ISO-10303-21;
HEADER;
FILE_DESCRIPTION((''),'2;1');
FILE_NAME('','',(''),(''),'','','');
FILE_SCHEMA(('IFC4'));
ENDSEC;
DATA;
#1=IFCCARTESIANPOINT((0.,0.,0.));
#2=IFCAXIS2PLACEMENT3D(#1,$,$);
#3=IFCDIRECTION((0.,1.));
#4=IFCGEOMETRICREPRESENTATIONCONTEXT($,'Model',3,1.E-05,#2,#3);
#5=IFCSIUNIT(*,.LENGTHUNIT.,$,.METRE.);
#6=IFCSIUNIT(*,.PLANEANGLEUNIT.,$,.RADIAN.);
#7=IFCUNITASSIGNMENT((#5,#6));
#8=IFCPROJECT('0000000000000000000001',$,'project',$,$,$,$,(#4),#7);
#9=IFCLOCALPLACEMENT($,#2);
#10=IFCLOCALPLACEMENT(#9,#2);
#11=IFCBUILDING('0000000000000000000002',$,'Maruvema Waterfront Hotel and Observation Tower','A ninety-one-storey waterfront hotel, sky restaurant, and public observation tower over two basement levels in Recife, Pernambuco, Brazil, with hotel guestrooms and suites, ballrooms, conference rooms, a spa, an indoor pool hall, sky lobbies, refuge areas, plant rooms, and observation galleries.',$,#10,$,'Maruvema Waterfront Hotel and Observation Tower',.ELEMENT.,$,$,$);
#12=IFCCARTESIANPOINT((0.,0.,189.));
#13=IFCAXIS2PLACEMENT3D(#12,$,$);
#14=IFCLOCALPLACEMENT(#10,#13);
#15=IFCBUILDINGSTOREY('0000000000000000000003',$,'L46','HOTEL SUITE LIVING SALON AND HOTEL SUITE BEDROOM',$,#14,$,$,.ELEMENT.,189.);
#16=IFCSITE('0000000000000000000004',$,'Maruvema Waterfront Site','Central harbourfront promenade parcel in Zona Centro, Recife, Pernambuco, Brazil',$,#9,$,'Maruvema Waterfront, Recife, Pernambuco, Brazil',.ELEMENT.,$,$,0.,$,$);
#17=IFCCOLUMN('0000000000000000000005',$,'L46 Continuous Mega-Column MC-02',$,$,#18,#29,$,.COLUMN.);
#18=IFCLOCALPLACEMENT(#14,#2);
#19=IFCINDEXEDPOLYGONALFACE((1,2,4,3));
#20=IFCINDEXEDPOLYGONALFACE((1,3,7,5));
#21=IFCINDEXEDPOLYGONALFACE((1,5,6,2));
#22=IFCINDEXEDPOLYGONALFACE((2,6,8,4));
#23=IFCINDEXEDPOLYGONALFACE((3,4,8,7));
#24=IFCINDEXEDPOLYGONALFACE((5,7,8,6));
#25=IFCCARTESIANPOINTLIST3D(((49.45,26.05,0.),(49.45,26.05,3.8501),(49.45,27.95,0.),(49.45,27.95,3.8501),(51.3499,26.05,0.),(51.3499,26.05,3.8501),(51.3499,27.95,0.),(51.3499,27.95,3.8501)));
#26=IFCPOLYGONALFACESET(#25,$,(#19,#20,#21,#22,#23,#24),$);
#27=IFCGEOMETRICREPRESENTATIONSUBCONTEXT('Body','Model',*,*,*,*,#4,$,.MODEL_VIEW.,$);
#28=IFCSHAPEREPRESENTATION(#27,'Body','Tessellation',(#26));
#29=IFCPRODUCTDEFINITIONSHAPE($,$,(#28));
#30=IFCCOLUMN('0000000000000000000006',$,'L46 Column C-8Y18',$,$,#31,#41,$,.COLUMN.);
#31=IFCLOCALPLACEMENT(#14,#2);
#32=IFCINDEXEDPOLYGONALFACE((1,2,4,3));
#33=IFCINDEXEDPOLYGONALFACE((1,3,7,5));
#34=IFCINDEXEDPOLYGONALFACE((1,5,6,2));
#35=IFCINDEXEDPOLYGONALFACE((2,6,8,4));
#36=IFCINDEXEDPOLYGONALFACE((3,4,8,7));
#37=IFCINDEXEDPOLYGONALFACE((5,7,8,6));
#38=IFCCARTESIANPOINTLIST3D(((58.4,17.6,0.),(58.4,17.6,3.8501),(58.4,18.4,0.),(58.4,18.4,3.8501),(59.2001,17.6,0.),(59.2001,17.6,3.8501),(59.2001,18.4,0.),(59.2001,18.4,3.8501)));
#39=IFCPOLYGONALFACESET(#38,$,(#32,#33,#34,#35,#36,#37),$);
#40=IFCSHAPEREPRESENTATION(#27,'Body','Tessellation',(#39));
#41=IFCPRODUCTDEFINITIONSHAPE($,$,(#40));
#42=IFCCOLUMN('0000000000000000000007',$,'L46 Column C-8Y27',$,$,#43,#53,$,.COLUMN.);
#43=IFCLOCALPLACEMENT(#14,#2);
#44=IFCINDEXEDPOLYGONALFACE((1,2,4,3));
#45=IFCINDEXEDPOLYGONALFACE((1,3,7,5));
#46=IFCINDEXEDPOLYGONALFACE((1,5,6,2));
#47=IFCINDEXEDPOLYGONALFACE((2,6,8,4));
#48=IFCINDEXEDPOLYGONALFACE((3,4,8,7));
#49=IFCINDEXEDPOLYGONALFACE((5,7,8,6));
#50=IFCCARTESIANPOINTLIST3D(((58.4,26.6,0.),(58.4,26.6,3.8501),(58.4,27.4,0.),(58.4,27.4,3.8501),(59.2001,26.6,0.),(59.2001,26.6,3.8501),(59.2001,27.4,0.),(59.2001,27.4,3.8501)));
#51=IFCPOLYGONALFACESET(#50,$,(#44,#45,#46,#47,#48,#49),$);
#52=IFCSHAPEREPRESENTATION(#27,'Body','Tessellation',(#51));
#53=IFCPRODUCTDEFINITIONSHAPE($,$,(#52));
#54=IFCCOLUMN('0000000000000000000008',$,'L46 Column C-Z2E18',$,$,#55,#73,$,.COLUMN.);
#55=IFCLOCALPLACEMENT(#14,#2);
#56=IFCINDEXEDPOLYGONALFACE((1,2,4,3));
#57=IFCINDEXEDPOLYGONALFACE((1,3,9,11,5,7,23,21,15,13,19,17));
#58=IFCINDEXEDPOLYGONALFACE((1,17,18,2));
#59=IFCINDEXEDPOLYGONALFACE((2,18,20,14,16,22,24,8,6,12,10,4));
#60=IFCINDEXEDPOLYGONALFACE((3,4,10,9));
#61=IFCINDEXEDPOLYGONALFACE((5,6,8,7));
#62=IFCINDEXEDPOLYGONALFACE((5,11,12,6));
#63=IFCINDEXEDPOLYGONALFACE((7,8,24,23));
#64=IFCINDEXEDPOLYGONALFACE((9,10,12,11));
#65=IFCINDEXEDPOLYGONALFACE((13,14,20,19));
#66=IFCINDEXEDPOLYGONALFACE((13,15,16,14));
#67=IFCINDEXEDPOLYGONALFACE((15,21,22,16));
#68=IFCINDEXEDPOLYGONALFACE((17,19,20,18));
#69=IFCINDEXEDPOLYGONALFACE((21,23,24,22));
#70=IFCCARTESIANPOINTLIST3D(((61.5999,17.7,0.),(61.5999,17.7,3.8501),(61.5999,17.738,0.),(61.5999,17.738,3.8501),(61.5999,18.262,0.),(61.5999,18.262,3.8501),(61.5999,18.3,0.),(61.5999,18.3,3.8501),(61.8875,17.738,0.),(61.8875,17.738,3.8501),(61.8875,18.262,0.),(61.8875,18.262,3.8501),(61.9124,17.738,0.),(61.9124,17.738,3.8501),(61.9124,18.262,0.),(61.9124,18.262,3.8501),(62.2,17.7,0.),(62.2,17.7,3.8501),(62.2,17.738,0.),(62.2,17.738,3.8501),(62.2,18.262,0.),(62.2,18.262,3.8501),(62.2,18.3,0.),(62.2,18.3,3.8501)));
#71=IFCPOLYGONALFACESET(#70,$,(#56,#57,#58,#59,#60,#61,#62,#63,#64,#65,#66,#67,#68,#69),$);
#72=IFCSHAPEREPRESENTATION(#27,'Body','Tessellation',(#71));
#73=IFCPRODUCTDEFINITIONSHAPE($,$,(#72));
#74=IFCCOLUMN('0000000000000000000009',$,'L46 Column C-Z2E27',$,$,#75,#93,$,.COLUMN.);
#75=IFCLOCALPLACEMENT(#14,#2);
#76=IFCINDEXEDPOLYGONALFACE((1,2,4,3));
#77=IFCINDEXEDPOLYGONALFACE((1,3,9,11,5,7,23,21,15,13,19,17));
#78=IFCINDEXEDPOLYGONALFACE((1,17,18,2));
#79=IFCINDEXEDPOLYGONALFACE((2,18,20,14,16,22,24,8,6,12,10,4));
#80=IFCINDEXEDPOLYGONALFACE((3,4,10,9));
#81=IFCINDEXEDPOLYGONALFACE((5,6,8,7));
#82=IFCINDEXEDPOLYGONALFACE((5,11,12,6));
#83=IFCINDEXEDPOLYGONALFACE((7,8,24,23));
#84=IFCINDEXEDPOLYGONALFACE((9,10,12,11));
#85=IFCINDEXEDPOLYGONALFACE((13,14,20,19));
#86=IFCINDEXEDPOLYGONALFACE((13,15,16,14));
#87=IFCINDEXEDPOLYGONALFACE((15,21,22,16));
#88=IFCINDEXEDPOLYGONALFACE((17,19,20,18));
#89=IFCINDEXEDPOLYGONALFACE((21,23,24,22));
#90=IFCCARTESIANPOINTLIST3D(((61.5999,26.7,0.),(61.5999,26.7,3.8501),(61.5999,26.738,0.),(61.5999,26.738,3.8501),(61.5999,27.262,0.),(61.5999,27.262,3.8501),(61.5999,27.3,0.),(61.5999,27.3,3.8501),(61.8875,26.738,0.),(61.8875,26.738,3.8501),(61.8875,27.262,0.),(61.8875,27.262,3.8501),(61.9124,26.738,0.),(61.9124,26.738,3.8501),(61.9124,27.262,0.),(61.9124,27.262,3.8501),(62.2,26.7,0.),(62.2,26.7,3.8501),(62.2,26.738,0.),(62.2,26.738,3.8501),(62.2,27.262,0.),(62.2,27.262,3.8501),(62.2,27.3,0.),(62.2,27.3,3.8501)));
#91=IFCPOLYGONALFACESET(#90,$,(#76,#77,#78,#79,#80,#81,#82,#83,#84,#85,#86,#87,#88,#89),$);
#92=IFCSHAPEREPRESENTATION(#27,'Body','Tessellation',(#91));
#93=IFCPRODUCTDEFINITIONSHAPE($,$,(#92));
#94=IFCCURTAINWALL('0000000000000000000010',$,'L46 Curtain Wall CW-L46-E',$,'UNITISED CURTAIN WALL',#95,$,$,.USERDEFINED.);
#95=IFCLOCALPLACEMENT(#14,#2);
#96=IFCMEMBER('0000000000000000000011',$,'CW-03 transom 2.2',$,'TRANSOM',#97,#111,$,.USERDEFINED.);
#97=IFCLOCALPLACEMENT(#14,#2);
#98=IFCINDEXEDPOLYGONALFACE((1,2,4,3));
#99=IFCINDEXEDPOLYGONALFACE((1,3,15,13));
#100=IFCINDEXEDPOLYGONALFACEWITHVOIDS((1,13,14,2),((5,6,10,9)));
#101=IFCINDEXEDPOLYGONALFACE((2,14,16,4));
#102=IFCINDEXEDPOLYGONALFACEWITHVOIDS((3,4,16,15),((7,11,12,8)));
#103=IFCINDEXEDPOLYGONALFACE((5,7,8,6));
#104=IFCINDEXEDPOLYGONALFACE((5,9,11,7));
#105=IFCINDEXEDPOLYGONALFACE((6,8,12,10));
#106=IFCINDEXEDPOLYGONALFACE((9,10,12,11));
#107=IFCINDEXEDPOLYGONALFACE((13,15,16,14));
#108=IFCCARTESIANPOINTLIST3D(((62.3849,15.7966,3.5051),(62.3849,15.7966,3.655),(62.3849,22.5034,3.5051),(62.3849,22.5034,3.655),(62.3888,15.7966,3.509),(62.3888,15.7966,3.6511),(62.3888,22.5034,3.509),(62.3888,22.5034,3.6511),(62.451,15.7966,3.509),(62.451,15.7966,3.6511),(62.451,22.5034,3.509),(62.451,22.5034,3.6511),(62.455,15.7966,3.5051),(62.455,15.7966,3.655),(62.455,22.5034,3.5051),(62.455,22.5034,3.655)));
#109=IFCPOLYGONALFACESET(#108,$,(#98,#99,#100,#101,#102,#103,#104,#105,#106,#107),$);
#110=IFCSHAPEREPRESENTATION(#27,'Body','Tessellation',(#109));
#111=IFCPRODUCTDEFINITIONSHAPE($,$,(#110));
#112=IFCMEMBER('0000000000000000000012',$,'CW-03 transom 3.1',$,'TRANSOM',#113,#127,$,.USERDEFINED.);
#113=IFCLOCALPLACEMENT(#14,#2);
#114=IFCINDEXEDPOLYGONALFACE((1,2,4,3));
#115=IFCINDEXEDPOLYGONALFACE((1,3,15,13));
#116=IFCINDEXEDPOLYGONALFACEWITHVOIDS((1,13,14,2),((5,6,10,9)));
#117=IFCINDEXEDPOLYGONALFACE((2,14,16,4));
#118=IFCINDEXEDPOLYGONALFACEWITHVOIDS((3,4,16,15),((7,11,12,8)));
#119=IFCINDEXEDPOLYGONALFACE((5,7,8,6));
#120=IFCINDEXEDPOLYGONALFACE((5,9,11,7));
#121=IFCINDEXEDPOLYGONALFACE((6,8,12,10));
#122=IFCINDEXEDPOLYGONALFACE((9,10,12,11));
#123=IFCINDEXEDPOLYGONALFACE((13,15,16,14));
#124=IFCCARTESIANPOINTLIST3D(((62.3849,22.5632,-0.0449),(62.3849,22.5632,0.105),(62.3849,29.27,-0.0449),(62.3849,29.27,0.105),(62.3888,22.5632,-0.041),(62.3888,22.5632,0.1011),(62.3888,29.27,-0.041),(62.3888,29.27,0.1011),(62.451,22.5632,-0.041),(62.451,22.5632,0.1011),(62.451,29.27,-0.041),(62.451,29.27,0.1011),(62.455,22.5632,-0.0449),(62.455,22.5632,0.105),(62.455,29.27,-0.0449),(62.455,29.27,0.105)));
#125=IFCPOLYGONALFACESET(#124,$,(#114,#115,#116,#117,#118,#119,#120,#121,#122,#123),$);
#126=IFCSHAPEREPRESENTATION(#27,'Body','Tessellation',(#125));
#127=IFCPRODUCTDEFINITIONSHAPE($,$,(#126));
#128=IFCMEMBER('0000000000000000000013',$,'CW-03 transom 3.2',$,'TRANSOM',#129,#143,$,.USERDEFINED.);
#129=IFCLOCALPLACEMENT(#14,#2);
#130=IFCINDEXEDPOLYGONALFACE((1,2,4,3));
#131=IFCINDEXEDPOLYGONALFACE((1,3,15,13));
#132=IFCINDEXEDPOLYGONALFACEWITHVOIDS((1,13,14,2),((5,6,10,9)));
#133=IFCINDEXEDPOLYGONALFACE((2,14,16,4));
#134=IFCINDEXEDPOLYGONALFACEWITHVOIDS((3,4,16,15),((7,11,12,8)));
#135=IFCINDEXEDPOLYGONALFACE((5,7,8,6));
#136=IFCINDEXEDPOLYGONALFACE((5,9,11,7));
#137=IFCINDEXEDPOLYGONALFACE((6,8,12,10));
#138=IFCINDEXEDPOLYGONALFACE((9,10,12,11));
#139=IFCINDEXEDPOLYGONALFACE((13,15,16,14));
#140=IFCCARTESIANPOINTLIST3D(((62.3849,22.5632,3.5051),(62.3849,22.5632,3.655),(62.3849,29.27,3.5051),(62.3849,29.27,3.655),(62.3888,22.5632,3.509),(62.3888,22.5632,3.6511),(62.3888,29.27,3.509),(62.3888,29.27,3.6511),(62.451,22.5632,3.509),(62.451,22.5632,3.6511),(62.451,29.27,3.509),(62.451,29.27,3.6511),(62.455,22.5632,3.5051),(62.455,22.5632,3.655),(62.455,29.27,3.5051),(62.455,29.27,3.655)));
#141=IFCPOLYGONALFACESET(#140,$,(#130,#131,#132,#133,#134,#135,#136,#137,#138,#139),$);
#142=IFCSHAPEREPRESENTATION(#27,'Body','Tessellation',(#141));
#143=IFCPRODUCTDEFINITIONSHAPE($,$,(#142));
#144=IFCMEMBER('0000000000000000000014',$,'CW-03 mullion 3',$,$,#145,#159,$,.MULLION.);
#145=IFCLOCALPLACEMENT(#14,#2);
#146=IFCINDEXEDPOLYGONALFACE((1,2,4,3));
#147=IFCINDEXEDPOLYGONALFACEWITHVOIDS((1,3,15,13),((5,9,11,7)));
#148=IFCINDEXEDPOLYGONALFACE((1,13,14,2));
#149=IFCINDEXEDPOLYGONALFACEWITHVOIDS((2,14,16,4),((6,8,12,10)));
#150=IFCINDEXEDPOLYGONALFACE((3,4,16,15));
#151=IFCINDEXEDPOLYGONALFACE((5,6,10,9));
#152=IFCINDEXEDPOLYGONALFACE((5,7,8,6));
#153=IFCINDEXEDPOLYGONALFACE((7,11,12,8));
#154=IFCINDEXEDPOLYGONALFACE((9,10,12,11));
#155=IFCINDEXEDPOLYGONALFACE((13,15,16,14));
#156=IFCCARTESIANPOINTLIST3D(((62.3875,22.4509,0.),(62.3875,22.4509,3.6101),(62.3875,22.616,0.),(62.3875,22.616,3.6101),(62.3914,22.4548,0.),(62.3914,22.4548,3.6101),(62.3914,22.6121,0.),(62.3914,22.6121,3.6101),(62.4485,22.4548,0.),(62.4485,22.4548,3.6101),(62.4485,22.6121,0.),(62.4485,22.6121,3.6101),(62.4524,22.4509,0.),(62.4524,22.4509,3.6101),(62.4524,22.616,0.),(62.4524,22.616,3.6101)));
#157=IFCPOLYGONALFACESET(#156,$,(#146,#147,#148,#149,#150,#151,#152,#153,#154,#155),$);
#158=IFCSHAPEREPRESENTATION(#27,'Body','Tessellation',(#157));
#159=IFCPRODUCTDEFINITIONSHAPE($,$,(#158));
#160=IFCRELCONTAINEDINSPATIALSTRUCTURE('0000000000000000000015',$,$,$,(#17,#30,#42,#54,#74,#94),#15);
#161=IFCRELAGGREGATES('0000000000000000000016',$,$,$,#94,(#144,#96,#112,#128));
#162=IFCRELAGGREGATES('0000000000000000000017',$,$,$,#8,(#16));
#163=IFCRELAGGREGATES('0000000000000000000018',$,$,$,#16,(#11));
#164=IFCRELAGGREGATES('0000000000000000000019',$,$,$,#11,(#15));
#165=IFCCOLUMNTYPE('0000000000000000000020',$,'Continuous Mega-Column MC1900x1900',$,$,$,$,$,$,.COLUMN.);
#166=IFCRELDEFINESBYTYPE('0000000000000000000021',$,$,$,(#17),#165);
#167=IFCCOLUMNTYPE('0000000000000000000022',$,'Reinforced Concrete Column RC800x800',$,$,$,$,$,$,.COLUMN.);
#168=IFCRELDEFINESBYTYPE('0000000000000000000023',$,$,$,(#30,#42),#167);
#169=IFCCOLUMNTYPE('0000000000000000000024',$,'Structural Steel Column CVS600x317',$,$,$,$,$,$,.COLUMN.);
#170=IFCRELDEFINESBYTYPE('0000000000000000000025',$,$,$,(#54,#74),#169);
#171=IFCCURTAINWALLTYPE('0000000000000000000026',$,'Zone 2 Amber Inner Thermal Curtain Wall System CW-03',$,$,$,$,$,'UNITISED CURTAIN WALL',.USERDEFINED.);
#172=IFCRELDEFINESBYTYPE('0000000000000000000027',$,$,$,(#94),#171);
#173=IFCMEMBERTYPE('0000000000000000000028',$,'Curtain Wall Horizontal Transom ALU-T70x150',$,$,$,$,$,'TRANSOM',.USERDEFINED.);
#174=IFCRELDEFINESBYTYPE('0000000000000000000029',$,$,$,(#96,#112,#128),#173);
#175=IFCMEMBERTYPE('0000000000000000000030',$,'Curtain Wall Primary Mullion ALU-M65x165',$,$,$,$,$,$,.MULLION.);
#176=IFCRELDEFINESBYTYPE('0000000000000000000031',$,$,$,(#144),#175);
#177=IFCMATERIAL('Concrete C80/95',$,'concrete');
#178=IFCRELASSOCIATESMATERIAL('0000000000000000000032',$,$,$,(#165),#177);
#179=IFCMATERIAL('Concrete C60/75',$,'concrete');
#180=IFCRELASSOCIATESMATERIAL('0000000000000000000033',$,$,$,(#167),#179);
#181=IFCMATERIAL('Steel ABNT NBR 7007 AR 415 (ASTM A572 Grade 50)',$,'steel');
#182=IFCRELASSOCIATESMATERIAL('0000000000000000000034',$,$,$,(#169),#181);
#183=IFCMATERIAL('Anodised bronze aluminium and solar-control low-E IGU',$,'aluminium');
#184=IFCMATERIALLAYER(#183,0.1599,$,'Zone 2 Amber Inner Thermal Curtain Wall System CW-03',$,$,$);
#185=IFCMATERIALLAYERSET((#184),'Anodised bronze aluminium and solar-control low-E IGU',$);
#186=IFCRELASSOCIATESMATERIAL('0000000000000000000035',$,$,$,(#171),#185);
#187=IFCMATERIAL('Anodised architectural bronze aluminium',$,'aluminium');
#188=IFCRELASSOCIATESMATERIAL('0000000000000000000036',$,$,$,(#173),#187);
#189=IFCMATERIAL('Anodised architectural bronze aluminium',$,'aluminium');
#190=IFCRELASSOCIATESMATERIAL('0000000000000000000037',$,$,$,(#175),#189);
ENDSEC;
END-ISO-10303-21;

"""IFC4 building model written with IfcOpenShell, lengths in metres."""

from ifc_helpers import new_model, si_unit, direction, frame, origin, origin_2d, place, context, subcontext, project, spatial, rectangle, hollow_rectangle, i_section, extrude, material, layer, layer_set, material_profile, profile_set, type_object, element, aggregate, save


model = new_model("IFC4")

# Units and contexts
model_context = context("Model", 3, precision=1e-05, world=origin(), true_north=direction((0.0, 1.0)))
body_context = subcontext(model_context, "Body", "Model", "MODEL_VIEW")
ifc_project = project(units=[si_unit("LENGTHUNIT", "METRE"), si_unit("PLANEANGLEUNIT", "RADIAN")], contexts=[model_context])

# Site, building, storey
site_placement = place(None, origin())
site = spatial("IfcSite", under=ifc_project, at=site_placement, Name="Maruvema Waterfront Site", Description="Central harbourfront promenade parcel in Zona Centro, Recife, Pernambuco, Brazil", LongName="Maruvema Waterfront, Recife, Pernambuco, Brazil", CompositionType="ELEMENT", RefElevation=0.0)
building_placement = place(site_placement, origin())
building = spatial("IfcBuilding", under=site, at=building_placement, Name="Maruvema Waterfront Hotel and Observation Tower", Description="A ninety-one-storey waterfront hotel, sky restaurant, and public observation tower over two basement levels in Recife, Pernambuco, Brazil, with hotel guestrooms and suites, ballrooms, conference rooms, a spa, an indoor pool hall, sky lobbies, refuge areas, plant rooms, and observation galleries.", LongName="Maruvema Waterfront Hotel and Observation Tower", CompositionType="ELEMENT")
storey_placement = place(building_placement, frame((0.0, 0.0, 189.0)))
storey = spatial("IfcBuildingStorey", under=building, at=storey_placement, Name="L46", Description="HOTEL SUITE LIVING SALON AND HOTEL SUITE BEDROOM", CompositionType="ELEMENT", Elevation=189.0)

# Columns
ifc_material_1 = material(Name="Concrete C80/95", Category="concrete")
ifc_material_profile_1 = material_profile(ifc_material_1, rectangle(XDim=1.8999, YDim=1.8999, at=origin_2d()), Name="MC1900x1900")
ifc_profile_set_1 = profile_set([ifc_material_profile_1], Name="Concrete C80/95")
column_type_1 = type_object("IfcColumnType", Name="Continuous Mega-Column MC1900x1900", PredefinedType="COLUMN", material=ifc_profile_set_1)
column_placement = place(storey_placement, frame((50.3999, 27.0, 0.0), z_axis=(0.0, 0.0, 1.0), x_axis=(1.0, 0.0, 0.0)))
element("IfcColumn", 1, at=column_placement, inside=storey, type_object=column_type_1, Name="L46 Continuous Mega-Column MC-02", PredefinedType="COLUMN", context=body_context, shape_type="SweptSolid", body=[
    extrude(rectangle(XDim=1.8999, YDim=1.8999, at=origin_2d()), origin(), (0.0, 0.0, 1.0), 3.8501),
])
ifc_material_2 = material(Name="Concrete C60/75", Category="concrete")
ifc_material_profile_2 = material_profile(ifc_material_2, rectangle(XDim=0.8, YDim=0.8, at=origin_2d()), Name="RC800x800")
ifc_profile_set_2 = profile_set([ifc_material_profile_2], Name="Concrete C60/75")
column_type_2 = type_object("IfcColumnType", Name="Reinforced Concrete Column RC800x800", PredefinedType="COLUMN", material=ifc_profile_set_2)
for number, where, z_axis, x_axis, name in (
    (2, (58.8, 18.0, 0.0), (0.0, 0.0, 1.0), (1.0, 0.0, 0.0), "L46 Column C-8Y18"),
    (3, (58.8, 27.0, 0.0), (0.0, 0.0, 1.0), (1.0, 0.0, 0.0), "L46 Column C-8Y27"),
):
    element("IfcColumn", number, at=place(storey_placement, frame(where, z_axis=z_axis, x_axis=x_axis)), inside=storey, type_object=column_type_2, Name=name, PredefinedType="COLUMN", context=body_context, shape_type="SweptSolid", body=[
        extrude(rectangle(XDim=0.8, YDim=0.8, at=origin_2d()), origin(), (0.0, 0.0, 1.0), 3.8501),
    ])
ifc_material_3 = material(Name="Steel ABNT NBR 7007 AR 415 (ASTM A572 Grade 50)", Category="steel")
ifc_material_profile_3 = material_profile(ifc_material_3, i_section(OverallWidth=0.6001, OverallDepth=0.6001, WebThickness=0.0249, FlangeThickness=0.0381, at=origin_2d()), Name="CVS600x317")
ifc_profile_set_3 = profile_set([ifc_material_profile_3], Name="Steel ABNT NBR 7007 AR 415 (ASTM A572 Grade 50)")
column_type_3 = type_object("IfcColumnType", Name="Structural Steel Column CVS600x317", PredefinedType="COLUMN", material=ifc_profile_set_3)
for number, where, z_axis, x_axis, name in (
    (4, (61.8999, 18.0, 0.0), (0.0, 0.0, 1.0), (1.0, 0.0, 0.0), "L46 Column C-Z2E18"),
    (5, (61.8999, 27.0, 0.0), (0.0, 0.0, 1.0), (1.0, 0.0, 0.0), "L46 Column C-Z2E27"),
):
    element("IfcColumn", number, at=place(storey_placement, frame(where, z_axis=z_axis, x_axis=x_axis)), inside=storey, type_object=column_type_3, Name=name, PredefinedType="COLUMN", context=body_context, shape_type="SweptSolid", body=[
        extrude(i_section(OverallWidth=0.6001, OverallDepth=0.6001, WebThickness=0.0249, FlangeThickness=0.0381, at=origin_2d()), origin(), (0.0, 0.0, 1.0), 3.8501),
    ])

# Curtain wall, members
ifc_material_4 = material(Name="Anodised bronze aluminium and solar-control low-E IGU", Category="aluminium")
ifc_layer_1 = layer(ifc_material_4, 0.1599, Name="Zone 2 Amber Inner Thermal Curtain Wall System CW-03")
ifc_layer_set_1 = layer_set([ifc_layer_1], Name="Anodised bronze aluminium and solar-control low-E IGU")
curtain_wall_type = type_object("IfcCurtainWallType", Name="Zone 2 Amber Inner Thermal Curtain Wall System CW-03", ElementType="UNITISED CURTAIN WALL", PredefinedType="USERDEFINED", material=ifc_layer_set_1)
curtain_wall_placement = place(storey_placement, origin())
curtain_wall = element("IfcCurtainWall", 6, at=curtain_wall_placement, inside=storey, type_object=curtain_wall_type, Name="L46 Curtain Wall CW-L46-E", ObjectType="UNITISED CURTAIN WALL", PredefinedType="USERDEFINED")
ifc_material_5 = material(Name="Anodised architectural bronze aluminium", Category="aluminium")
ifc_material_profile_4 = material_profile(ifc_material_5, hollow_rectangle(XDim=0.0701, YDim=0.1499, WallThickness=0.0039, at=origin_2d()), Name="ALU-T70x150")
ifc_profile_set_4 = profile_set([ifc_material_profile_4], Name="Anodised architectural bronze aluminium")
member_type_1 = type_object("IfcMemberType", Name="Curtain Wall Horizontal Transom ALU-T70x150", ElementType="TRANSOM", PredefinedType="USERDEFINED", material=ifc_profile_set_4)
member_1_placement = place(storey_placement, frame((62.4199, 15.7966, 3.5801), z_axis=(0.0, 1.0, 0.0), x_axis=(-1.0, 0.0, 0.0)))
member_1 = element("IfcMember", 7, at=member_1_placement, type_object=member_type_1, Name="CW-03 transom 2.2", ObjectType="TRANSOM", PredefinedType="USERDEFINED", context=body_context, shape_type="SweptSolid", body=[
    extrude(hollow_rectangle(XDim=0.0701, YDim=0.1499, WallThickness=0.0039, at=origin_2d()), origin(), (0.0, 0.0, 1.0), 6.7068),
])
member_2_placement = place(storey_placement, frame((62.4199, 22.5632, 0.03), z_axis=(0.0, 1.0, 0.0), x_axis=(-1.0, 0.0, 0.0)))
member_2 = element("IfcMember", 8, at=member_2_placement, type_object=member_type_1, Name="CW-03 transom 3.1", ObjectType="TRANSOM", PredefinedType="USERDEFINED", context=body_context, shape_type="SweptSolid", body=[
    extrude(hollow_rectangle(XDim=0.0701, YDim=0.1499, WallThickness=0.0039, at=origin_2d()), origin(), (0.0, 0.0, 1.0), 6.7068),
])
member_3_placement = place(storey_placement, frame((62.4199, 22.5632, 3.5801), z_axis=(0.0, 1.0, 0.0), x_axis=(-1.0, 0.0, 0.0)))
member_3 = element("IfcMember", 9, at=member_3_placement, type_object=member_type_1, Name="CW-03 transom 3.2", ObjectType="TRANSOM", PredefinedType="USERDEFINED", context=body_context, shape_type="SweptSolid", body=[
    extrude(hollow_rectangle(XDim=0.0701, YDim=0.1499, WallThickness=0.0039, at=origin_2d()), origin(), (0.0, 0.0, 1.0), 6.7068),
])
ifc_material_6 = material(Name="Anodised architectural bronze aluminium", Category="aluminium")
ifc_material_profile_5 = material_profile(ifc_material_6, hollow_rectangle(XDim=0.0649, YDim=0.165, WallThickness=0.0039, at=origin_2d()), Name="ALU-M65x165")
ifc_profile_set_5 = profile_set([ifc_material_profile_5], Name="Anodised architectural bronze aluminium")
member_type_2 = type_object("IfcMemberType", Name="Curtain Wall Primary Mullion ALU-M65x165", PredefinedType="MULLION", material=ifc_profile_set_5)
member_4_placement = place(storey_placement, frame((62.4199, 22.5334, 0.0), z_axis=(0.0, 0.0, 1.0), x_axis=(-1.0, 0.0, 0.0)))
member_4 = element("IfcMember", 10, at=member_4_placement, type_object=member_type_2, Name="CW-03 mullion 3", PredefinedType="MULLION", context=body_context, shape_type="SweptSolid", body=[
    extrude(hollow_rectangle(XDim=0.0649, YDim=0.165, WallThickness=0.0039, at=origin_2d()), origin(), (0.0, 0.0, 1.0), 3.6101),
])

aggregate(curtain_wall, [member_4, member_1, member_2, member_3])

save(model, "model.ifc")
